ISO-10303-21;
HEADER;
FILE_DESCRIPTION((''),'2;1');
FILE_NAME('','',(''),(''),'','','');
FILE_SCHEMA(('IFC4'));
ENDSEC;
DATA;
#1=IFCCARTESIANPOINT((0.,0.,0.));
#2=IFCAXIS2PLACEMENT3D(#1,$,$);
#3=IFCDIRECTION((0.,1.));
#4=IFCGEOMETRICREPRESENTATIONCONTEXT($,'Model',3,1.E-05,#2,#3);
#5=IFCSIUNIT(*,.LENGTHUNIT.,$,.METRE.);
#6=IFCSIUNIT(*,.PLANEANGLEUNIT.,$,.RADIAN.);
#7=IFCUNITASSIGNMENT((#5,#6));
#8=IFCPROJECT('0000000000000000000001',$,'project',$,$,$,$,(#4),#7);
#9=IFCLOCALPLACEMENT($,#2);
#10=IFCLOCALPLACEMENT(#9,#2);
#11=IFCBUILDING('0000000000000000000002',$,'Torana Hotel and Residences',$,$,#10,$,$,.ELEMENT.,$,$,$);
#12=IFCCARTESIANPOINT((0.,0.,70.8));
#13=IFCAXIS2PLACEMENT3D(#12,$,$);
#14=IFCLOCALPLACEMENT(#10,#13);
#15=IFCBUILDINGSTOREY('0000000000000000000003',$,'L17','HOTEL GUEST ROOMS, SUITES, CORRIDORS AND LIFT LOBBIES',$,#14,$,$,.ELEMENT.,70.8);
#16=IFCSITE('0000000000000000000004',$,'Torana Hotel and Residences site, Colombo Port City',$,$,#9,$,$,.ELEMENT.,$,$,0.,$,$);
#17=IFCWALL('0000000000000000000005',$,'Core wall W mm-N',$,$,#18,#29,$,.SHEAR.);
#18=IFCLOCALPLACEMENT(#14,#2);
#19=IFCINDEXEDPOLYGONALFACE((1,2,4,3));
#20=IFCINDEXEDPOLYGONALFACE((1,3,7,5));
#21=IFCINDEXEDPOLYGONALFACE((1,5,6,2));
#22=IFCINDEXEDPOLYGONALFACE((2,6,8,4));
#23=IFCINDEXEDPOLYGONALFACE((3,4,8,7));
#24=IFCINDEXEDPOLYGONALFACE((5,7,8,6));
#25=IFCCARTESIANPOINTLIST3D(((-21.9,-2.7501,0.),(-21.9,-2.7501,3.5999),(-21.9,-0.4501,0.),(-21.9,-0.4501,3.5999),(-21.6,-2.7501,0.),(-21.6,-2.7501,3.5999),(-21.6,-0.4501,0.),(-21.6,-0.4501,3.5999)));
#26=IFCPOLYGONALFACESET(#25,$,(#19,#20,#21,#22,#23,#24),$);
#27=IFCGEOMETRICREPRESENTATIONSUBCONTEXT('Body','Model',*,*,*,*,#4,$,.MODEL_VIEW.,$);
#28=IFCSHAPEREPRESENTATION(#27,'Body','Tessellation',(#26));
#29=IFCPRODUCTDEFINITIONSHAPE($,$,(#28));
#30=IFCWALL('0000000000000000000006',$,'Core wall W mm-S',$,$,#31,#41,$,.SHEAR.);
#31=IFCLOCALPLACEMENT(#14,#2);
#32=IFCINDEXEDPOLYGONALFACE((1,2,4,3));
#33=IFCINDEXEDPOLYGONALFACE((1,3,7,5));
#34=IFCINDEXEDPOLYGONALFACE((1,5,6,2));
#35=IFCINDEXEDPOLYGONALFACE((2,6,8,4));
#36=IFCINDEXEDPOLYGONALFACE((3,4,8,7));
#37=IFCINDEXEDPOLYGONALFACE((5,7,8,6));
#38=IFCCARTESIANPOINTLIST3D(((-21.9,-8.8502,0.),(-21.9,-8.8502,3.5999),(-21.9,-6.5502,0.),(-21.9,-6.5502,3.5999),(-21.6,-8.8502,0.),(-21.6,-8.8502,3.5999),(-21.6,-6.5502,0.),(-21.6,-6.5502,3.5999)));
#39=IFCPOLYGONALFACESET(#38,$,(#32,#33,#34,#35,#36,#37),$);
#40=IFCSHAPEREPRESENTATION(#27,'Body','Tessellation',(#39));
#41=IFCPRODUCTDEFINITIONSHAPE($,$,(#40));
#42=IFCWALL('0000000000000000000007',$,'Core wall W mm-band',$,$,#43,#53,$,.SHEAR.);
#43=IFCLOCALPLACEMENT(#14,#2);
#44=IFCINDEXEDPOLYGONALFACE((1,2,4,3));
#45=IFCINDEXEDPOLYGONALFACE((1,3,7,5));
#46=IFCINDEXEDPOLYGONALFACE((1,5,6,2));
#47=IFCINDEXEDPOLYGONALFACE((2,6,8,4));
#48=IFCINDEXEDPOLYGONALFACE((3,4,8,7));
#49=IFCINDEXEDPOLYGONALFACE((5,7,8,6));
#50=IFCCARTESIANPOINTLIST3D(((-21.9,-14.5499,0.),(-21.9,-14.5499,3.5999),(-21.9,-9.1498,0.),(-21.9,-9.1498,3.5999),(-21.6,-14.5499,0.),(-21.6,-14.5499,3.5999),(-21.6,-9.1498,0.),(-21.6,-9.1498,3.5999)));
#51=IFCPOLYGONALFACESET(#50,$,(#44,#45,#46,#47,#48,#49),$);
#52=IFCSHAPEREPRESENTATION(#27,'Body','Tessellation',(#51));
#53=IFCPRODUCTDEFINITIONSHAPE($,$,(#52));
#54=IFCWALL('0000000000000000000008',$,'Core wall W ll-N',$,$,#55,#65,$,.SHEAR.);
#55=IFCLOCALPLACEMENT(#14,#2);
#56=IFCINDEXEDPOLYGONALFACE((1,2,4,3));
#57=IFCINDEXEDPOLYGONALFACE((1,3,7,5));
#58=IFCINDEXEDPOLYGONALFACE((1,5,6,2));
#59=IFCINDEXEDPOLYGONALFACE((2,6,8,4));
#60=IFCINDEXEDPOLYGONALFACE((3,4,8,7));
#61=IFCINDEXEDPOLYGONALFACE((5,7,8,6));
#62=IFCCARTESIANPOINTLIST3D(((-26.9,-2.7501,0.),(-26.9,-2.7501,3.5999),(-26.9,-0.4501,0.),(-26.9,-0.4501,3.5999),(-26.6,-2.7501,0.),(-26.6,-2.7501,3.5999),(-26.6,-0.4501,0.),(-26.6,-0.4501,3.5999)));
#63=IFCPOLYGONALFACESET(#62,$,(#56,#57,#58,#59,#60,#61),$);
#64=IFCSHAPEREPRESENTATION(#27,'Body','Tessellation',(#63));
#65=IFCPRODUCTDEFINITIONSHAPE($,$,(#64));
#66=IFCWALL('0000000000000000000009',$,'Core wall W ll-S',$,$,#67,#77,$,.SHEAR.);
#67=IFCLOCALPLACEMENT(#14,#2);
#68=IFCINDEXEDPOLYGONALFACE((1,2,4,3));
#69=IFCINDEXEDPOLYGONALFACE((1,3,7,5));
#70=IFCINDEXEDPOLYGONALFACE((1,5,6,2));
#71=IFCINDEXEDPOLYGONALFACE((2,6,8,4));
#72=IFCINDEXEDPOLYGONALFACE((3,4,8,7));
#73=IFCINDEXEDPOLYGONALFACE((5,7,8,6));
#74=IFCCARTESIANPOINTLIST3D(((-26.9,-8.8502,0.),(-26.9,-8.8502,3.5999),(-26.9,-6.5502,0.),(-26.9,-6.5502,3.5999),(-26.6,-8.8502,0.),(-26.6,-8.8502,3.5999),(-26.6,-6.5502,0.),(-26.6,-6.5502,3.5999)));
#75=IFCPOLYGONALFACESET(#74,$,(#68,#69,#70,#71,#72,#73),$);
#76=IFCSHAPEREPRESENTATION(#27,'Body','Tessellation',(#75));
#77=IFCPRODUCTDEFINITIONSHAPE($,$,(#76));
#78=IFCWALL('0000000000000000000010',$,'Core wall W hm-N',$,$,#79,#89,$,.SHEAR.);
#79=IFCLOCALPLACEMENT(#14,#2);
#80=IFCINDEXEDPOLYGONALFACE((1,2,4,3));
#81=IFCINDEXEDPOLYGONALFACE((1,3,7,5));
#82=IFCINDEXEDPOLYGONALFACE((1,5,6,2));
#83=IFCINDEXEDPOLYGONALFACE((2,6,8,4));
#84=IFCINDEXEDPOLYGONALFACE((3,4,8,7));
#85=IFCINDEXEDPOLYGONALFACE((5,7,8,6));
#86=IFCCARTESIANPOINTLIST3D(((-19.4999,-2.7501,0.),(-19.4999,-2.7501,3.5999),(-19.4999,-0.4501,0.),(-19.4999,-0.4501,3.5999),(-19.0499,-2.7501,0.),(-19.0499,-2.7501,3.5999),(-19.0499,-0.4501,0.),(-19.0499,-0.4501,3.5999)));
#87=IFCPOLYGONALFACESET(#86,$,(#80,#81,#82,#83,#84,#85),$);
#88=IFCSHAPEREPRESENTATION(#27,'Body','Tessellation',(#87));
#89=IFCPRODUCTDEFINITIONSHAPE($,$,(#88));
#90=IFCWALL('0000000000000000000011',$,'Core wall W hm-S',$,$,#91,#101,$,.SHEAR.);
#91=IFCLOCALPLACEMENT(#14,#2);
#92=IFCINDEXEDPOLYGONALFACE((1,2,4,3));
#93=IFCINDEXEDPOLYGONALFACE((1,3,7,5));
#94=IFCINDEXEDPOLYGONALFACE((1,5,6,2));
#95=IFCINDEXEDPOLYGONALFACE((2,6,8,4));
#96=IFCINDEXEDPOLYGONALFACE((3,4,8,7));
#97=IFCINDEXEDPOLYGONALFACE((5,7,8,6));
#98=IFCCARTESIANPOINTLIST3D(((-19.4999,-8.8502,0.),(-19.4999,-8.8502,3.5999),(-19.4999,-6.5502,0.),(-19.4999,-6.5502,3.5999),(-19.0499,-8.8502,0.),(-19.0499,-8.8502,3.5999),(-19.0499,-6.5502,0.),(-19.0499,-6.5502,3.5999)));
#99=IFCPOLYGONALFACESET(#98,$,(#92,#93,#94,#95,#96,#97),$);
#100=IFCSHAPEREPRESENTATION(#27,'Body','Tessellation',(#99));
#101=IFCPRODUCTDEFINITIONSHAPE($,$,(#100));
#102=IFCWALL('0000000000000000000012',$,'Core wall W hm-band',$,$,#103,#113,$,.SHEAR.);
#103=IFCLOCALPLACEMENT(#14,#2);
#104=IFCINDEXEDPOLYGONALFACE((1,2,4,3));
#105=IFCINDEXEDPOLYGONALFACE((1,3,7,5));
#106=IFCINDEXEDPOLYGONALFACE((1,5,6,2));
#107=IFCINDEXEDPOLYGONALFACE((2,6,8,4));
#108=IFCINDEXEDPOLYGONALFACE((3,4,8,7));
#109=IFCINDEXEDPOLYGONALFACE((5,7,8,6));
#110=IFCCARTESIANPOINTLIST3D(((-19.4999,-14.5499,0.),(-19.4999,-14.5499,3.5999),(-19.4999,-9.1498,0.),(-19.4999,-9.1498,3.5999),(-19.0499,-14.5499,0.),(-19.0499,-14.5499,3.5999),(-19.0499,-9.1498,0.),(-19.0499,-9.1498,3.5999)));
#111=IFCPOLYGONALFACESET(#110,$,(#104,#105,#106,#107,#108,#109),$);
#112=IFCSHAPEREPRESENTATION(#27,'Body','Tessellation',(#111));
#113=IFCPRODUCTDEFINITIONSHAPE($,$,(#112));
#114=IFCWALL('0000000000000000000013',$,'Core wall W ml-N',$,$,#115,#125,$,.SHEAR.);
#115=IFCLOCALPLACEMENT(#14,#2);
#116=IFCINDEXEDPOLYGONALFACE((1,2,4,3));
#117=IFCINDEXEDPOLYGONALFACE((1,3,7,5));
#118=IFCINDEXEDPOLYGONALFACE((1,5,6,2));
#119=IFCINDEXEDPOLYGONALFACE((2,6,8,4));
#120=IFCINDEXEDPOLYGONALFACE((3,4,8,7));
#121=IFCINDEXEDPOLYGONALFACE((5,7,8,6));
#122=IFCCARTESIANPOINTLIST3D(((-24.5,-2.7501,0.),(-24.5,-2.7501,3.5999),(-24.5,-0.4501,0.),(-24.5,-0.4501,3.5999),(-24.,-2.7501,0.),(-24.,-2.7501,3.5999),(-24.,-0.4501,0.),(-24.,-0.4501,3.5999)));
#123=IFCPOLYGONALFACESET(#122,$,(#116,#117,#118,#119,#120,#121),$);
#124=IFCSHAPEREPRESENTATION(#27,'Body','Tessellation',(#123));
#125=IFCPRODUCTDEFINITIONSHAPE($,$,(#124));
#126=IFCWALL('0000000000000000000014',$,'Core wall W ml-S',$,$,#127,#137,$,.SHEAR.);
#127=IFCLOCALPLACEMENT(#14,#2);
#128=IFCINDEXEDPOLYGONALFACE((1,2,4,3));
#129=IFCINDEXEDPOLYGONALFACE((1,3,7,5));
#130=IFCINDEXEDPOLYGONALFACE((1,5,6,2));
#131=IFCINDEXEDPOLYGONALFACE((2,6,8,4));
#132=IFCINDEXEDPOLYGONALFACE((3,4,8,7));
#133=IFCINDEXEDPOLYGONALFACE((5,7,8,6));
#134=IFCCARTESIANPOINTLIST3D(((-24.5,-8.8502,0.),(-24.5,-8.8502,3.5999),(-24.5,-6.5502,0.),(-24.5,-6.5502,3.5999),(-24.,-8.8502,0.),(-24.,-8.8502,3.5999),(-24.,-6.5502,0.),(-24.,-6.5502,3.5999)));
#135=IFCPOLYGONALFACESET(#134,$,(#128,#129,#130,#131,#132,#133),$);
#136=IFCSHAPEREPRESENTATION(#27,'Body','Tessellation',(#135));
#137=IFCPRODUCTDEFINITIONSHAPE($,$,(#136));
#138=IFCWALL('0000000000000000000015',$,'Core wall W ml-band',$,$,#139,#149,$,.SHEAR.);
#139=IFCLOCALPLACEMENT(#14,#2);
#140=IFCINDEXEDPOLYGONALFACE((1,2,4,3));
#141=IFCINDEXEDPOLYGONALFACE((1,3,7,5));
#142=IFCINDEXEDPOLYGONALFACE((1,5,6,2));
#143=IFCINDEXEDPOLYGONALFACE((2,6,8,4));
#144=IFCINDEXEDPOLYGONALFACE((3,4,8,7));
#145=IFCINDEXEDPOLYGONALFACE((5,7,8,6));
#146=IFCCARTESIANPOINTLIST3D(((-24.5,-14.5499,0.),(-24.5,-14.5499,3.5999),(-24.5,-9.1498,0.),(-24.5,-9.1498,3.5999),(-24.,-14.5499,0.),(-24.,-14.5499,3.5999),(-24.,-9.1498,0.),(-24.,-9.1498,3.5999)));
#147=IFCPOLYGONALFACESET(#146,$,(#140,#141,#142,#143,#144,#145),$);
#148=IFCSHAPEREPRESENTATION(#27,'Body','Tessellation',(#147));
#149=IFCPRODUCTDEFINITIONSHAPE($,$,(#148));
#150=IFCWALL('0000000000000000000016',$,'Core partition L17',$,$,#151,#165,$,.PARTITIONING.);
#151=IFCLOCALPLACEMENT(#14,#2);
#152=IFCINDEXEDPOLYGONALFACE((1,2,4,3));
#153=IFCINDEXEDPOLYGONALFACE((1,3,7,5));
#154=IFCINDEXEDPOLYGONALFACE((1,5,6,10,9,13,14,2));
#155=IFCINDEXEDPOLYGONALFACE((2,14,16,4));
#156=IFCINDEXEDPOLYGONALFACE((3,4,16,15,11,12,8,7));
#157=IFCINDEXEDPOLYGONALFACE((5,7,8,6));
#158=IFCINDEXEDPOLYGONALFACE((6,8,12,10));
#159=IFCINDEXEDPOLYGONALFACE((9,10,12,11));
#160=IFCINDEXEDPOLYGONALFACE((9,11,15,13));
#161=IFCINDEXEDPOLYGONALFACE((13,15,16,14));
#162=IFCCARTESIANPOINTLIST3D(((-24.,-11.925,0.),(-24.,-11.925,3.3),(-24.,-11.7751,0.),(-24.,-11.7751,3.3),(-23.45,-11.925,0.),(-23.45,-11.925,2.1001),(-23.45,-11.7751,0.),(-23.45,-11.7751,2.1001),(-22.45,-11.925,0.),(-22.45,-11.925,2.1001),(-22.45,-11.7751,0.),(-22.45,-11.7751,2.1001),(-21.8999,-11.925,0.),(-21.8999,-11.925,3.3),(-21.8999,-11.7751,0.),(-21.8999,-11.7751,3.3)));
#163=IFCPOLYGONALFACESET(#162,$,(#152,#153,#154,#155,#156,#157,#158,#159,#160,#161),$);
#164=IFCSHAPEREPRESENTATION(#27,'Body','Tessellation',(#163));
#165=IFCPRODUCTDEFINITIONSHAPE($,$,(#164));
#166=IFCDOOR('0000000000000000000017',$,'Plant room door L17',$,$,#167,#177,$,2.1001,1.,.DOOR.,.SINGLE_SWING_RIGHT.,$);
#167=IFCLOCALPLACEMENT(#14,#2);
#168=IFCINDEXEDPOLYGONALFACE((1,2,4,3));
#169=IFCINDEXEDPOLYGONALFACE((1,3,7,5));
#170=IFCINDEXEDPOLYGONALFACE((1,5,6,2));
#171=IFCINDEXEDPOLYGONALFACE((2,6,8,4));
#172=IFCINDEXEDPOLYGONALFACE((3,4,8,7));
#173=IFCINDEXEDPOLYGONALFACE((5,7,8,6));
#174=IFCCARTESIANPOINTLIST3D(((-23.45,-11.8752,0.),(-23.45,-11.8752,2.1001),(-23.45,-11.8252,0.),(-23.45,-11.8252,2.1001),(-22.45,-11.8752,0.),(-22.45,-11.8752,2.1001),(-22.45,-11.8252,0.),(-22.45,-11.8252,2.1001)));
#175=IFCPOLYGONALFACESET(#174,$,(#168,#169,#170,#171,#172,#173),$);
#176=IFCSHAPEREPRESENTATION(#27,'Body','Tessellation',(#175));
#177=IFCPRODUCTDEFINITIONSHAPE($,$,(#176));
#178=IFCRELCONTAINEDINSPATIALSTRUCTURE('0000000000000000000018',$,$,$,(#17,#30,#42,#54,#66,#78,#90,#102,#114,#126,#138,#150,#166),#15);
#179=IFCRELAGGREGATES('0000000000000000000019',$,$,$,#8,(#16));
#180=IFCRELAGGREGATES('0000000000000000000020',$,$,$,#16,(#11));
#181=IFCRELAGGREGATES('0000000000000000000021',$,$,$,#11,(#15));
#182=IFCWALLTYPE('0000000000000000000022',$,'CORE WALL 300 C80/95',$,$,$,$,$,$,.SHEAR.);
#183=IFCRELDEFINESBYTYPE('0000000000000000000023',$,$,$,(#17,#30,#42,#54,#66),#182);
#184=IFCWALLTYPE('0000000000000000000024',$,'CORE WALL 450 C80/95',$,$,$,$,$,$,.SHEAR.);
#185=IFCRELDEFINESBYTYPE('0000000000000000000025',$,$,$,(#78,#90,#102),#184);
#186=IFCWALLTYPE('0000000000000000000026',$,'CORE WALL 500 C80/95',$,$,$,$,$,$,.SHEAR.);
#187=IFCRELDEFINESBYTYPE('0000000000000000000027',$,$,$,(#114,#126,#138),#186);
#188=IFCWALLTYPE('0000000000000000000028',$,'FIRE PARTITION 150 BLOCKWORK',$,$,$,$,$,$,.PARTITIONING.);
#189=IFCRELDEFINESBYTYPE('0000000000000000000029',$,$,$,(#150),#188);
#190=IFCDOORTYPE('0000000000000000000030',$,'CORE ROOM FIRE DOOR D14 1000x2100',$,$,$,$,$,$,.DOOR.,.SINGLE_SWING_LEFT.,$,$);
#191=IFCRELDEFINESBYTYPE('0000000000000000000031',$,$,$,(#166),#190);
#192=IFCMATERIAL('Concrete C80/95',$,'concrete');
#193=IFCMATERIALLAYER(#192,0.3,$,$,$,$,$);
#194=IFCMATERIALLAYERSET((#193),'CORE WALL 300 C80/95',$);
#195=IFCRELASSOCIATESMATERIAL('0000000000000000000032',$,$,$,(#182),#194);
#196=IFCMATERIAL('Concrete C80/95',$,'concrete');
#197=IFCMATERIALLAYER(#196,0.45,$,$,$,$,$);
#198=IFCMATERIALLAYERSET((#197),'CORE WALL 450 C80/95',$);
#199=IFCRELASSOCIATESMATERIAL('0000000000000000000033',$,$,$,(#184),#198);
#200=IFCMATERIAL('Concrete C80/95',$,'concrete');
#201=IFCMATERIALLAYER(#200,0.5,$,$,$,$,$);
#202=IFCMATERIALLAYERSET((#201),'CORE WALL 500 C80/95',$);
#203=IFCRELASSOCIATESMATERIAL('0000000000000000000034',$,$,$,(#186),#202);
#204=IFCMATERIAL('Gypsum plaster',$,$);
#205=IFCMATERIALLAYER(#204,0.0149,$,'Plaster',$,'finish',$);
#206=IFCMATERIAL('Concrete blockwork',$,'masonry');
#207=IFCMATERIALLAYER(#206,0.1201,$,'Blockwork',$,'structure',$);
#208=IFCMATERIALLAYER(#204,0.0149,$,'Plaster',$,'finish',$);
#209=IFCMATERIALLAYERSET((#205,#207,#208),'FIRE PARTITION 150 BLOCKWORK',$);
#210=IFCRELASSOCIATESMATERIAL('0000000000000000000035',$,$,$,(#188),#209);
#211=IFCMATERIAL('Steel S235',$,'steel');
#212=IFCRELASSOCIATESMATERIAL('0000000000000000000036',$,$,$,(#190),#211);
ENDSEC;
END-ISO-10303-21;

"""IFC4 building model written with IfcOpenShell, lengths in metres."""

from ifc_helpers import new_model, si_unit, direction, frame, frame_2d, origin, place, context, subcontext, project, spatial, rectangle, extrude, material, layer, layer_set, type_object, element, fill, save


model = new_model("IFC4")

# Units and contexts
model_context = context("Model", 3, precision=1e-05, world=origin(), true_north=direction((0.0, 1.0)))
body_context = subcontext(model_context, "Body", "Model", "MODEL_VIEW")
ifc_project = project(units=[si_unit("LENGTHUNIT", "METRE"), si_unit("PLANEANGLEUNIT", "RADIAN")], contexts=[model_context])

# Site, building, storey
site_placement = place(None, origin())
site = spatial("IfcSite", under=ifc_project, at=site_placement, Name="Torana Hotel and Residences site, Colombo Port City", CompositionType="ELEMENT", RefElevation=0.0)
building_placement = place(site_placement, origin())
building = spatial("IfcBuilding", under=site, at=building_placement, Name="Torana Hotel and Residences", CompositionType="ELEMENT")
storey_placement = place(building_placement, frame((0.0, 0.0, 70.8)))
storey = spatial("IfcBuildingStorey", under=building, at=storey_placement, Name="L17", Description="HOTEL GUEST ROOMS, SUITES, CORRIDORS AND LIFT LOBBIES", CompositionType="ELEMENT", Elevation=70.8)

# Walls
ifc_material_1 = material(Name="Concrete C80/95", Category="concrete")
ifc_layer_1 = layer(ifc_material_1, 0.3)
ifc_layer_set_1 = layer_set([ifc_layer_1], Name="CORE WALL 300 C80/95")
wall_type_1 = type_object("IfcWallType", Name="CORE WALL 300 C80/95", PredefinedType="SHEAR", material=ifc_layer_set_1)
for number, where, z_axis, x_axis, name in (
    (1, (-21.75, -2.75, 0.0), (0.0, 0.0, 1.0), (0.0, 1.0, 0.0), "Core wall W mm-N"),
    (2, (-21.75, -8.8501, 0.0), (0.0, 0.0, 1.0), (0.0, 1.0, 0.0), "Core wall W mm-S"),
):
    element("IfcWall", number, at=place(storey_placement, frame(where, z_axis=z_axis, x_axis=x_axis)), inside=storey, type_object=wall_type_1, Name=name, PredefinedType="SHEAR", context=body_context, shape_type="SweptSolid", body=[
        extrude(rectangle(XDim=2.3, YDim=0.3, at=frame_2d((1.1499, 0.0))), origin(), (0.0, 0.0, 1.0), 3.5999),
    ])
wall_1_placement = place(storey_placement, frame((-21.75, -14.55, 0.0), z_axis=(0.0, 0.0, 1.0), x_axis=(0.0, 1.0, 0.0)))
element("IfcWall", 3, at=wall_1_placement, inside=storey, type_object=wall_type_1, Name="Core wall W mm-band", PredefinedType="SHEAR", context=body_context, shape_type="SweptSolid", body=[
    extrude(rectangle(XDim=5.4001, YDim=0.3, at=frame_2d((2.7002, 0.0))), origin(), (0.0, 0.0, 1.0), 3.5999),
])
for number, where, z_axis, x_axis, name in (
    (4, (-26.75, -2.75, 0.0), (0.0, 0.0, 1.0), (0.0, 1.0, 0.0), "Core wall W ll-N"),
    (5, (-26.75, -8.8501, 0.0), (0.0, 0.0, 1.0), (0.0, 1.0, 0.0), "Core wall W ll-S"),
):
    element("IfcWall", number, at=place(storey_placement, frame(where, z_axis=z_axis, x_axis=x_axis)), inside=storey, type_object=wall_type_1, Name=name, PredefinedType="SHEAR", context=body_context, shape_type="SweptSolid", body=[
        extrude(rectangle(XDim=2.3, YDim=0.3, at=frame_2d((1.1499, 0.0))), origin(), (0.0, 0.0, 1.0), 3.5999),
    ])
ifc_material_2 = material(Name="Concrete C80/95", Category="concrete")
ifc_layer_2 = layer(ifc_material_2, 0.45)
ifc_layer_set_2 = layer_set([ifc_layer_2], Name="CORE WALL 450 C80/95")
wall_type_2 = type_object("IfcWallType", Name="CORE WALL 450 C80/95", PredefinedType="SHEAR", material=ifc_layer_set_2)
for number, where, z_axis, x_axis, name in (
    (6, (-19.2749, -2.75, 0.0), (0.0, 0.0, 1.0), (0.0, 1.0, 0.0), "Core wall W hm-N"),
    (7, (-19.2749, -8.8501, 0.0), (0.0, 0.0, 1.0), (0.0, 1.0, 0.0), "Core wall W hm-S"),
):
    element("IfcWall", number, at=place(storey_placement, frame(where, z_axis=z_axis, x_axis=x_axis)), inside=storey, type_object=wall_type_2, Name=name, PredefinedType="SHEAR", context=body_context, shape_type="SweptSolid", body=[
        extrude(rectangle(XDim=2.3, YDim=0.45, at=frame_2d((1.1499, 0.0))), origin(), (0.0, 0.0, 1.0), 3.5999),
    ])
wall_2_placement = place(storey_placement, frame((-19.2749, -14.55, 0.0), z_axis=(0.0, 0.0, 1.0), x_axis=(0.0, 1.0, 0.0)))
element("IfcWall", 8, at=wall_2_placement, inside=storey, type_object=wall_type_2, Name="Core wall W hm-band", PredefinedType="SHEAR", context=body_context, shape_type="SweptSolid", body=[
    extrude(rectangle(XDim=5.4001, YDim=0.45, at=frame_2d((2.7002, 0.0))), origin(), (0.0, 0.0, 1.0), 3.5999),
])
ifc_material_3 = material(Name="Concrete C80/95", Category="concrete")
ifc_layer_3 = layer(ifc_material_3, 0.5)
ifc_layer_set_3 = layer_set([ifc_layer_3], Name="CORE WALL 500 C80/95")
wall_type_3 = type_object("IfcWallType", Name="CORE WALL 500 C80/95", PredefinedType="SHEAR", material=ifc_layer_set_3)
for number, where, z_axis, x_axis, name in (
    (9, (-24.25, -2.75, 0.0), (0.0, 0.0, 1.0), (0.0, 1.0, 0.0), "Core wall W ml-N"),
    (10, (-24.25, -8.8501, 0.0), (0.0, 0.0, 1.0), (0.0, 1.0, 0.0), "Core wall W ml-S"),
):
    element("IfcWall", number, at=place(storey_placement, frame(where, z_axis=z_axis, x_axis=x_axis)), inside=storey, type_object=wall_type_3, Name=name, PredefinedType="SHEAR", context=body_context, shape_type="SweptSolid", body=[
        extrude(rectangle(XDim=2.3, YDim=0.5, at=frame_2d((1.1499, 0.0))), origin(), (0.0, 0.0, 1.0), 3.5999),
    ])
wall_3_placement = place(storey_placement, frame((-24.25, -14.55, 0.0), z_axis=(0.0, 0.0, 1.0), x_axis=(0.0, 1.0, 0.0)))
element("IfcWall", 11, at=wall_3_placement, inside=storey, type_object=wall_type_3, Name="Core wall W ml-band", PredefinedType="SHEAR", context=body_context, shape_type="SweptSolid", body=[
    extrude(rectangle(XDim=5.4001, YDim=0.5, at=frame_2d((2.7002, 0.0))), origin(), (0.0, 0.0, 1.0), 3.5999),
])

# Wall, opening, door
ifc_material_4 = material(Name="Gypsum plaster")
ifc_layer_4 = layer(ifc_material_4, 0.0149, Name="Plaster", Category="finish")
ifc_material_5 = material(Name="Concrete blockwork", Category="masonry")
ifc_layer_5 = layer(ifc_material_5, 0.1201, Name="Blockwork", Category="structure")
ifc_layer_6 = layer(ifc_material_4, 0.0149, Name="Plaster", Category="finish")
ifc_layer_set_4 = layer_set([ifc_layer_4, ifc_layer_5, ifc_layer_6], Name="FIRE PARTITION 150 BLOCKWORK")
wall_type_4 = type_object("IfcWallType", Name="FIRE PARTITION 150 BLOCKWORK", PredefinedType="PARTITIONING", material=ifc_layer_set_4)
wall_4_placement = place(storey_placement, frame((-24.0, -11.8501, 0.0), z_axis=(0.0, 0.0, 1.0), x_axis=(1.0, 0.0, 0.0)))
wall_4 = element("IfcWall", 12, at=wall_4_placement, inside=storey, type_object=wall_type_4, Name="Core partition L17", PredefinedType="PARTITIONING", context=body_context, shape_type="SweptSolid", body=[
    extrude(rectangle(XDim=2.1001, YDim=0.1499, at=frame_2d((1.05, 0.0))), origin(), (0.0, 0.0, 1.0), 3.3),
])
opening_placement = place(wall_4_placement, frame((0.55, 0.0, 0.0)))
opening = element("IfcOpeningElement", 13, at=opening_placement, cuts=wall_4, PredefinedType="OPENING", context=body_context, shape_type="SweptSolid", body=[
    extrude(rectangle(XDim=1.0, YDim=2.1001, at=frame_2d((0.5, 1.05))), frame((0.0, 0.085, 0.0), z_axis=(0.0, -1.0, 0.0), x_axis=(1.0, 0.0, 0.0)), (0.0, 0.0, 1.0), 0.1699),
])
ifc_material_6 = material(Name="Steel S235", Category="steel")
door_type = type_object("IfcDoorType", Name="CORE ROOM FIRE DOOR D14 1000x2100", OperationType="SINGLE_SWING_LEFT", PredefinedType="DOOR", material=ifc_material_6)
door_placement = place(opening_placement, origin())
door = element("IfcDoor", 14, at=door_placement, inside=storey, type_object=door_type, Name="Plant room door L17", OperationType="SINGLE_SWING_RIGHT", OverallHeight=2.1001, OverallWidth=1.0, PredefinedType="DOOR", context=body_context, shape_type="SweptSolid", body=[
    extrude(rectangle(XDim=1.0, YDim=2.1001, at=frame_2d((0.5, 1.05))), frame((0.0, 0.0249, 0.0), z_axis=(0.0, -1.0, 0.0), x_axis=(1.0, 0.0, 0.0)), (0.0, 0.0, 1.0), 0.05),
])
fill(opening, door)

save(model, "model.ifc")
